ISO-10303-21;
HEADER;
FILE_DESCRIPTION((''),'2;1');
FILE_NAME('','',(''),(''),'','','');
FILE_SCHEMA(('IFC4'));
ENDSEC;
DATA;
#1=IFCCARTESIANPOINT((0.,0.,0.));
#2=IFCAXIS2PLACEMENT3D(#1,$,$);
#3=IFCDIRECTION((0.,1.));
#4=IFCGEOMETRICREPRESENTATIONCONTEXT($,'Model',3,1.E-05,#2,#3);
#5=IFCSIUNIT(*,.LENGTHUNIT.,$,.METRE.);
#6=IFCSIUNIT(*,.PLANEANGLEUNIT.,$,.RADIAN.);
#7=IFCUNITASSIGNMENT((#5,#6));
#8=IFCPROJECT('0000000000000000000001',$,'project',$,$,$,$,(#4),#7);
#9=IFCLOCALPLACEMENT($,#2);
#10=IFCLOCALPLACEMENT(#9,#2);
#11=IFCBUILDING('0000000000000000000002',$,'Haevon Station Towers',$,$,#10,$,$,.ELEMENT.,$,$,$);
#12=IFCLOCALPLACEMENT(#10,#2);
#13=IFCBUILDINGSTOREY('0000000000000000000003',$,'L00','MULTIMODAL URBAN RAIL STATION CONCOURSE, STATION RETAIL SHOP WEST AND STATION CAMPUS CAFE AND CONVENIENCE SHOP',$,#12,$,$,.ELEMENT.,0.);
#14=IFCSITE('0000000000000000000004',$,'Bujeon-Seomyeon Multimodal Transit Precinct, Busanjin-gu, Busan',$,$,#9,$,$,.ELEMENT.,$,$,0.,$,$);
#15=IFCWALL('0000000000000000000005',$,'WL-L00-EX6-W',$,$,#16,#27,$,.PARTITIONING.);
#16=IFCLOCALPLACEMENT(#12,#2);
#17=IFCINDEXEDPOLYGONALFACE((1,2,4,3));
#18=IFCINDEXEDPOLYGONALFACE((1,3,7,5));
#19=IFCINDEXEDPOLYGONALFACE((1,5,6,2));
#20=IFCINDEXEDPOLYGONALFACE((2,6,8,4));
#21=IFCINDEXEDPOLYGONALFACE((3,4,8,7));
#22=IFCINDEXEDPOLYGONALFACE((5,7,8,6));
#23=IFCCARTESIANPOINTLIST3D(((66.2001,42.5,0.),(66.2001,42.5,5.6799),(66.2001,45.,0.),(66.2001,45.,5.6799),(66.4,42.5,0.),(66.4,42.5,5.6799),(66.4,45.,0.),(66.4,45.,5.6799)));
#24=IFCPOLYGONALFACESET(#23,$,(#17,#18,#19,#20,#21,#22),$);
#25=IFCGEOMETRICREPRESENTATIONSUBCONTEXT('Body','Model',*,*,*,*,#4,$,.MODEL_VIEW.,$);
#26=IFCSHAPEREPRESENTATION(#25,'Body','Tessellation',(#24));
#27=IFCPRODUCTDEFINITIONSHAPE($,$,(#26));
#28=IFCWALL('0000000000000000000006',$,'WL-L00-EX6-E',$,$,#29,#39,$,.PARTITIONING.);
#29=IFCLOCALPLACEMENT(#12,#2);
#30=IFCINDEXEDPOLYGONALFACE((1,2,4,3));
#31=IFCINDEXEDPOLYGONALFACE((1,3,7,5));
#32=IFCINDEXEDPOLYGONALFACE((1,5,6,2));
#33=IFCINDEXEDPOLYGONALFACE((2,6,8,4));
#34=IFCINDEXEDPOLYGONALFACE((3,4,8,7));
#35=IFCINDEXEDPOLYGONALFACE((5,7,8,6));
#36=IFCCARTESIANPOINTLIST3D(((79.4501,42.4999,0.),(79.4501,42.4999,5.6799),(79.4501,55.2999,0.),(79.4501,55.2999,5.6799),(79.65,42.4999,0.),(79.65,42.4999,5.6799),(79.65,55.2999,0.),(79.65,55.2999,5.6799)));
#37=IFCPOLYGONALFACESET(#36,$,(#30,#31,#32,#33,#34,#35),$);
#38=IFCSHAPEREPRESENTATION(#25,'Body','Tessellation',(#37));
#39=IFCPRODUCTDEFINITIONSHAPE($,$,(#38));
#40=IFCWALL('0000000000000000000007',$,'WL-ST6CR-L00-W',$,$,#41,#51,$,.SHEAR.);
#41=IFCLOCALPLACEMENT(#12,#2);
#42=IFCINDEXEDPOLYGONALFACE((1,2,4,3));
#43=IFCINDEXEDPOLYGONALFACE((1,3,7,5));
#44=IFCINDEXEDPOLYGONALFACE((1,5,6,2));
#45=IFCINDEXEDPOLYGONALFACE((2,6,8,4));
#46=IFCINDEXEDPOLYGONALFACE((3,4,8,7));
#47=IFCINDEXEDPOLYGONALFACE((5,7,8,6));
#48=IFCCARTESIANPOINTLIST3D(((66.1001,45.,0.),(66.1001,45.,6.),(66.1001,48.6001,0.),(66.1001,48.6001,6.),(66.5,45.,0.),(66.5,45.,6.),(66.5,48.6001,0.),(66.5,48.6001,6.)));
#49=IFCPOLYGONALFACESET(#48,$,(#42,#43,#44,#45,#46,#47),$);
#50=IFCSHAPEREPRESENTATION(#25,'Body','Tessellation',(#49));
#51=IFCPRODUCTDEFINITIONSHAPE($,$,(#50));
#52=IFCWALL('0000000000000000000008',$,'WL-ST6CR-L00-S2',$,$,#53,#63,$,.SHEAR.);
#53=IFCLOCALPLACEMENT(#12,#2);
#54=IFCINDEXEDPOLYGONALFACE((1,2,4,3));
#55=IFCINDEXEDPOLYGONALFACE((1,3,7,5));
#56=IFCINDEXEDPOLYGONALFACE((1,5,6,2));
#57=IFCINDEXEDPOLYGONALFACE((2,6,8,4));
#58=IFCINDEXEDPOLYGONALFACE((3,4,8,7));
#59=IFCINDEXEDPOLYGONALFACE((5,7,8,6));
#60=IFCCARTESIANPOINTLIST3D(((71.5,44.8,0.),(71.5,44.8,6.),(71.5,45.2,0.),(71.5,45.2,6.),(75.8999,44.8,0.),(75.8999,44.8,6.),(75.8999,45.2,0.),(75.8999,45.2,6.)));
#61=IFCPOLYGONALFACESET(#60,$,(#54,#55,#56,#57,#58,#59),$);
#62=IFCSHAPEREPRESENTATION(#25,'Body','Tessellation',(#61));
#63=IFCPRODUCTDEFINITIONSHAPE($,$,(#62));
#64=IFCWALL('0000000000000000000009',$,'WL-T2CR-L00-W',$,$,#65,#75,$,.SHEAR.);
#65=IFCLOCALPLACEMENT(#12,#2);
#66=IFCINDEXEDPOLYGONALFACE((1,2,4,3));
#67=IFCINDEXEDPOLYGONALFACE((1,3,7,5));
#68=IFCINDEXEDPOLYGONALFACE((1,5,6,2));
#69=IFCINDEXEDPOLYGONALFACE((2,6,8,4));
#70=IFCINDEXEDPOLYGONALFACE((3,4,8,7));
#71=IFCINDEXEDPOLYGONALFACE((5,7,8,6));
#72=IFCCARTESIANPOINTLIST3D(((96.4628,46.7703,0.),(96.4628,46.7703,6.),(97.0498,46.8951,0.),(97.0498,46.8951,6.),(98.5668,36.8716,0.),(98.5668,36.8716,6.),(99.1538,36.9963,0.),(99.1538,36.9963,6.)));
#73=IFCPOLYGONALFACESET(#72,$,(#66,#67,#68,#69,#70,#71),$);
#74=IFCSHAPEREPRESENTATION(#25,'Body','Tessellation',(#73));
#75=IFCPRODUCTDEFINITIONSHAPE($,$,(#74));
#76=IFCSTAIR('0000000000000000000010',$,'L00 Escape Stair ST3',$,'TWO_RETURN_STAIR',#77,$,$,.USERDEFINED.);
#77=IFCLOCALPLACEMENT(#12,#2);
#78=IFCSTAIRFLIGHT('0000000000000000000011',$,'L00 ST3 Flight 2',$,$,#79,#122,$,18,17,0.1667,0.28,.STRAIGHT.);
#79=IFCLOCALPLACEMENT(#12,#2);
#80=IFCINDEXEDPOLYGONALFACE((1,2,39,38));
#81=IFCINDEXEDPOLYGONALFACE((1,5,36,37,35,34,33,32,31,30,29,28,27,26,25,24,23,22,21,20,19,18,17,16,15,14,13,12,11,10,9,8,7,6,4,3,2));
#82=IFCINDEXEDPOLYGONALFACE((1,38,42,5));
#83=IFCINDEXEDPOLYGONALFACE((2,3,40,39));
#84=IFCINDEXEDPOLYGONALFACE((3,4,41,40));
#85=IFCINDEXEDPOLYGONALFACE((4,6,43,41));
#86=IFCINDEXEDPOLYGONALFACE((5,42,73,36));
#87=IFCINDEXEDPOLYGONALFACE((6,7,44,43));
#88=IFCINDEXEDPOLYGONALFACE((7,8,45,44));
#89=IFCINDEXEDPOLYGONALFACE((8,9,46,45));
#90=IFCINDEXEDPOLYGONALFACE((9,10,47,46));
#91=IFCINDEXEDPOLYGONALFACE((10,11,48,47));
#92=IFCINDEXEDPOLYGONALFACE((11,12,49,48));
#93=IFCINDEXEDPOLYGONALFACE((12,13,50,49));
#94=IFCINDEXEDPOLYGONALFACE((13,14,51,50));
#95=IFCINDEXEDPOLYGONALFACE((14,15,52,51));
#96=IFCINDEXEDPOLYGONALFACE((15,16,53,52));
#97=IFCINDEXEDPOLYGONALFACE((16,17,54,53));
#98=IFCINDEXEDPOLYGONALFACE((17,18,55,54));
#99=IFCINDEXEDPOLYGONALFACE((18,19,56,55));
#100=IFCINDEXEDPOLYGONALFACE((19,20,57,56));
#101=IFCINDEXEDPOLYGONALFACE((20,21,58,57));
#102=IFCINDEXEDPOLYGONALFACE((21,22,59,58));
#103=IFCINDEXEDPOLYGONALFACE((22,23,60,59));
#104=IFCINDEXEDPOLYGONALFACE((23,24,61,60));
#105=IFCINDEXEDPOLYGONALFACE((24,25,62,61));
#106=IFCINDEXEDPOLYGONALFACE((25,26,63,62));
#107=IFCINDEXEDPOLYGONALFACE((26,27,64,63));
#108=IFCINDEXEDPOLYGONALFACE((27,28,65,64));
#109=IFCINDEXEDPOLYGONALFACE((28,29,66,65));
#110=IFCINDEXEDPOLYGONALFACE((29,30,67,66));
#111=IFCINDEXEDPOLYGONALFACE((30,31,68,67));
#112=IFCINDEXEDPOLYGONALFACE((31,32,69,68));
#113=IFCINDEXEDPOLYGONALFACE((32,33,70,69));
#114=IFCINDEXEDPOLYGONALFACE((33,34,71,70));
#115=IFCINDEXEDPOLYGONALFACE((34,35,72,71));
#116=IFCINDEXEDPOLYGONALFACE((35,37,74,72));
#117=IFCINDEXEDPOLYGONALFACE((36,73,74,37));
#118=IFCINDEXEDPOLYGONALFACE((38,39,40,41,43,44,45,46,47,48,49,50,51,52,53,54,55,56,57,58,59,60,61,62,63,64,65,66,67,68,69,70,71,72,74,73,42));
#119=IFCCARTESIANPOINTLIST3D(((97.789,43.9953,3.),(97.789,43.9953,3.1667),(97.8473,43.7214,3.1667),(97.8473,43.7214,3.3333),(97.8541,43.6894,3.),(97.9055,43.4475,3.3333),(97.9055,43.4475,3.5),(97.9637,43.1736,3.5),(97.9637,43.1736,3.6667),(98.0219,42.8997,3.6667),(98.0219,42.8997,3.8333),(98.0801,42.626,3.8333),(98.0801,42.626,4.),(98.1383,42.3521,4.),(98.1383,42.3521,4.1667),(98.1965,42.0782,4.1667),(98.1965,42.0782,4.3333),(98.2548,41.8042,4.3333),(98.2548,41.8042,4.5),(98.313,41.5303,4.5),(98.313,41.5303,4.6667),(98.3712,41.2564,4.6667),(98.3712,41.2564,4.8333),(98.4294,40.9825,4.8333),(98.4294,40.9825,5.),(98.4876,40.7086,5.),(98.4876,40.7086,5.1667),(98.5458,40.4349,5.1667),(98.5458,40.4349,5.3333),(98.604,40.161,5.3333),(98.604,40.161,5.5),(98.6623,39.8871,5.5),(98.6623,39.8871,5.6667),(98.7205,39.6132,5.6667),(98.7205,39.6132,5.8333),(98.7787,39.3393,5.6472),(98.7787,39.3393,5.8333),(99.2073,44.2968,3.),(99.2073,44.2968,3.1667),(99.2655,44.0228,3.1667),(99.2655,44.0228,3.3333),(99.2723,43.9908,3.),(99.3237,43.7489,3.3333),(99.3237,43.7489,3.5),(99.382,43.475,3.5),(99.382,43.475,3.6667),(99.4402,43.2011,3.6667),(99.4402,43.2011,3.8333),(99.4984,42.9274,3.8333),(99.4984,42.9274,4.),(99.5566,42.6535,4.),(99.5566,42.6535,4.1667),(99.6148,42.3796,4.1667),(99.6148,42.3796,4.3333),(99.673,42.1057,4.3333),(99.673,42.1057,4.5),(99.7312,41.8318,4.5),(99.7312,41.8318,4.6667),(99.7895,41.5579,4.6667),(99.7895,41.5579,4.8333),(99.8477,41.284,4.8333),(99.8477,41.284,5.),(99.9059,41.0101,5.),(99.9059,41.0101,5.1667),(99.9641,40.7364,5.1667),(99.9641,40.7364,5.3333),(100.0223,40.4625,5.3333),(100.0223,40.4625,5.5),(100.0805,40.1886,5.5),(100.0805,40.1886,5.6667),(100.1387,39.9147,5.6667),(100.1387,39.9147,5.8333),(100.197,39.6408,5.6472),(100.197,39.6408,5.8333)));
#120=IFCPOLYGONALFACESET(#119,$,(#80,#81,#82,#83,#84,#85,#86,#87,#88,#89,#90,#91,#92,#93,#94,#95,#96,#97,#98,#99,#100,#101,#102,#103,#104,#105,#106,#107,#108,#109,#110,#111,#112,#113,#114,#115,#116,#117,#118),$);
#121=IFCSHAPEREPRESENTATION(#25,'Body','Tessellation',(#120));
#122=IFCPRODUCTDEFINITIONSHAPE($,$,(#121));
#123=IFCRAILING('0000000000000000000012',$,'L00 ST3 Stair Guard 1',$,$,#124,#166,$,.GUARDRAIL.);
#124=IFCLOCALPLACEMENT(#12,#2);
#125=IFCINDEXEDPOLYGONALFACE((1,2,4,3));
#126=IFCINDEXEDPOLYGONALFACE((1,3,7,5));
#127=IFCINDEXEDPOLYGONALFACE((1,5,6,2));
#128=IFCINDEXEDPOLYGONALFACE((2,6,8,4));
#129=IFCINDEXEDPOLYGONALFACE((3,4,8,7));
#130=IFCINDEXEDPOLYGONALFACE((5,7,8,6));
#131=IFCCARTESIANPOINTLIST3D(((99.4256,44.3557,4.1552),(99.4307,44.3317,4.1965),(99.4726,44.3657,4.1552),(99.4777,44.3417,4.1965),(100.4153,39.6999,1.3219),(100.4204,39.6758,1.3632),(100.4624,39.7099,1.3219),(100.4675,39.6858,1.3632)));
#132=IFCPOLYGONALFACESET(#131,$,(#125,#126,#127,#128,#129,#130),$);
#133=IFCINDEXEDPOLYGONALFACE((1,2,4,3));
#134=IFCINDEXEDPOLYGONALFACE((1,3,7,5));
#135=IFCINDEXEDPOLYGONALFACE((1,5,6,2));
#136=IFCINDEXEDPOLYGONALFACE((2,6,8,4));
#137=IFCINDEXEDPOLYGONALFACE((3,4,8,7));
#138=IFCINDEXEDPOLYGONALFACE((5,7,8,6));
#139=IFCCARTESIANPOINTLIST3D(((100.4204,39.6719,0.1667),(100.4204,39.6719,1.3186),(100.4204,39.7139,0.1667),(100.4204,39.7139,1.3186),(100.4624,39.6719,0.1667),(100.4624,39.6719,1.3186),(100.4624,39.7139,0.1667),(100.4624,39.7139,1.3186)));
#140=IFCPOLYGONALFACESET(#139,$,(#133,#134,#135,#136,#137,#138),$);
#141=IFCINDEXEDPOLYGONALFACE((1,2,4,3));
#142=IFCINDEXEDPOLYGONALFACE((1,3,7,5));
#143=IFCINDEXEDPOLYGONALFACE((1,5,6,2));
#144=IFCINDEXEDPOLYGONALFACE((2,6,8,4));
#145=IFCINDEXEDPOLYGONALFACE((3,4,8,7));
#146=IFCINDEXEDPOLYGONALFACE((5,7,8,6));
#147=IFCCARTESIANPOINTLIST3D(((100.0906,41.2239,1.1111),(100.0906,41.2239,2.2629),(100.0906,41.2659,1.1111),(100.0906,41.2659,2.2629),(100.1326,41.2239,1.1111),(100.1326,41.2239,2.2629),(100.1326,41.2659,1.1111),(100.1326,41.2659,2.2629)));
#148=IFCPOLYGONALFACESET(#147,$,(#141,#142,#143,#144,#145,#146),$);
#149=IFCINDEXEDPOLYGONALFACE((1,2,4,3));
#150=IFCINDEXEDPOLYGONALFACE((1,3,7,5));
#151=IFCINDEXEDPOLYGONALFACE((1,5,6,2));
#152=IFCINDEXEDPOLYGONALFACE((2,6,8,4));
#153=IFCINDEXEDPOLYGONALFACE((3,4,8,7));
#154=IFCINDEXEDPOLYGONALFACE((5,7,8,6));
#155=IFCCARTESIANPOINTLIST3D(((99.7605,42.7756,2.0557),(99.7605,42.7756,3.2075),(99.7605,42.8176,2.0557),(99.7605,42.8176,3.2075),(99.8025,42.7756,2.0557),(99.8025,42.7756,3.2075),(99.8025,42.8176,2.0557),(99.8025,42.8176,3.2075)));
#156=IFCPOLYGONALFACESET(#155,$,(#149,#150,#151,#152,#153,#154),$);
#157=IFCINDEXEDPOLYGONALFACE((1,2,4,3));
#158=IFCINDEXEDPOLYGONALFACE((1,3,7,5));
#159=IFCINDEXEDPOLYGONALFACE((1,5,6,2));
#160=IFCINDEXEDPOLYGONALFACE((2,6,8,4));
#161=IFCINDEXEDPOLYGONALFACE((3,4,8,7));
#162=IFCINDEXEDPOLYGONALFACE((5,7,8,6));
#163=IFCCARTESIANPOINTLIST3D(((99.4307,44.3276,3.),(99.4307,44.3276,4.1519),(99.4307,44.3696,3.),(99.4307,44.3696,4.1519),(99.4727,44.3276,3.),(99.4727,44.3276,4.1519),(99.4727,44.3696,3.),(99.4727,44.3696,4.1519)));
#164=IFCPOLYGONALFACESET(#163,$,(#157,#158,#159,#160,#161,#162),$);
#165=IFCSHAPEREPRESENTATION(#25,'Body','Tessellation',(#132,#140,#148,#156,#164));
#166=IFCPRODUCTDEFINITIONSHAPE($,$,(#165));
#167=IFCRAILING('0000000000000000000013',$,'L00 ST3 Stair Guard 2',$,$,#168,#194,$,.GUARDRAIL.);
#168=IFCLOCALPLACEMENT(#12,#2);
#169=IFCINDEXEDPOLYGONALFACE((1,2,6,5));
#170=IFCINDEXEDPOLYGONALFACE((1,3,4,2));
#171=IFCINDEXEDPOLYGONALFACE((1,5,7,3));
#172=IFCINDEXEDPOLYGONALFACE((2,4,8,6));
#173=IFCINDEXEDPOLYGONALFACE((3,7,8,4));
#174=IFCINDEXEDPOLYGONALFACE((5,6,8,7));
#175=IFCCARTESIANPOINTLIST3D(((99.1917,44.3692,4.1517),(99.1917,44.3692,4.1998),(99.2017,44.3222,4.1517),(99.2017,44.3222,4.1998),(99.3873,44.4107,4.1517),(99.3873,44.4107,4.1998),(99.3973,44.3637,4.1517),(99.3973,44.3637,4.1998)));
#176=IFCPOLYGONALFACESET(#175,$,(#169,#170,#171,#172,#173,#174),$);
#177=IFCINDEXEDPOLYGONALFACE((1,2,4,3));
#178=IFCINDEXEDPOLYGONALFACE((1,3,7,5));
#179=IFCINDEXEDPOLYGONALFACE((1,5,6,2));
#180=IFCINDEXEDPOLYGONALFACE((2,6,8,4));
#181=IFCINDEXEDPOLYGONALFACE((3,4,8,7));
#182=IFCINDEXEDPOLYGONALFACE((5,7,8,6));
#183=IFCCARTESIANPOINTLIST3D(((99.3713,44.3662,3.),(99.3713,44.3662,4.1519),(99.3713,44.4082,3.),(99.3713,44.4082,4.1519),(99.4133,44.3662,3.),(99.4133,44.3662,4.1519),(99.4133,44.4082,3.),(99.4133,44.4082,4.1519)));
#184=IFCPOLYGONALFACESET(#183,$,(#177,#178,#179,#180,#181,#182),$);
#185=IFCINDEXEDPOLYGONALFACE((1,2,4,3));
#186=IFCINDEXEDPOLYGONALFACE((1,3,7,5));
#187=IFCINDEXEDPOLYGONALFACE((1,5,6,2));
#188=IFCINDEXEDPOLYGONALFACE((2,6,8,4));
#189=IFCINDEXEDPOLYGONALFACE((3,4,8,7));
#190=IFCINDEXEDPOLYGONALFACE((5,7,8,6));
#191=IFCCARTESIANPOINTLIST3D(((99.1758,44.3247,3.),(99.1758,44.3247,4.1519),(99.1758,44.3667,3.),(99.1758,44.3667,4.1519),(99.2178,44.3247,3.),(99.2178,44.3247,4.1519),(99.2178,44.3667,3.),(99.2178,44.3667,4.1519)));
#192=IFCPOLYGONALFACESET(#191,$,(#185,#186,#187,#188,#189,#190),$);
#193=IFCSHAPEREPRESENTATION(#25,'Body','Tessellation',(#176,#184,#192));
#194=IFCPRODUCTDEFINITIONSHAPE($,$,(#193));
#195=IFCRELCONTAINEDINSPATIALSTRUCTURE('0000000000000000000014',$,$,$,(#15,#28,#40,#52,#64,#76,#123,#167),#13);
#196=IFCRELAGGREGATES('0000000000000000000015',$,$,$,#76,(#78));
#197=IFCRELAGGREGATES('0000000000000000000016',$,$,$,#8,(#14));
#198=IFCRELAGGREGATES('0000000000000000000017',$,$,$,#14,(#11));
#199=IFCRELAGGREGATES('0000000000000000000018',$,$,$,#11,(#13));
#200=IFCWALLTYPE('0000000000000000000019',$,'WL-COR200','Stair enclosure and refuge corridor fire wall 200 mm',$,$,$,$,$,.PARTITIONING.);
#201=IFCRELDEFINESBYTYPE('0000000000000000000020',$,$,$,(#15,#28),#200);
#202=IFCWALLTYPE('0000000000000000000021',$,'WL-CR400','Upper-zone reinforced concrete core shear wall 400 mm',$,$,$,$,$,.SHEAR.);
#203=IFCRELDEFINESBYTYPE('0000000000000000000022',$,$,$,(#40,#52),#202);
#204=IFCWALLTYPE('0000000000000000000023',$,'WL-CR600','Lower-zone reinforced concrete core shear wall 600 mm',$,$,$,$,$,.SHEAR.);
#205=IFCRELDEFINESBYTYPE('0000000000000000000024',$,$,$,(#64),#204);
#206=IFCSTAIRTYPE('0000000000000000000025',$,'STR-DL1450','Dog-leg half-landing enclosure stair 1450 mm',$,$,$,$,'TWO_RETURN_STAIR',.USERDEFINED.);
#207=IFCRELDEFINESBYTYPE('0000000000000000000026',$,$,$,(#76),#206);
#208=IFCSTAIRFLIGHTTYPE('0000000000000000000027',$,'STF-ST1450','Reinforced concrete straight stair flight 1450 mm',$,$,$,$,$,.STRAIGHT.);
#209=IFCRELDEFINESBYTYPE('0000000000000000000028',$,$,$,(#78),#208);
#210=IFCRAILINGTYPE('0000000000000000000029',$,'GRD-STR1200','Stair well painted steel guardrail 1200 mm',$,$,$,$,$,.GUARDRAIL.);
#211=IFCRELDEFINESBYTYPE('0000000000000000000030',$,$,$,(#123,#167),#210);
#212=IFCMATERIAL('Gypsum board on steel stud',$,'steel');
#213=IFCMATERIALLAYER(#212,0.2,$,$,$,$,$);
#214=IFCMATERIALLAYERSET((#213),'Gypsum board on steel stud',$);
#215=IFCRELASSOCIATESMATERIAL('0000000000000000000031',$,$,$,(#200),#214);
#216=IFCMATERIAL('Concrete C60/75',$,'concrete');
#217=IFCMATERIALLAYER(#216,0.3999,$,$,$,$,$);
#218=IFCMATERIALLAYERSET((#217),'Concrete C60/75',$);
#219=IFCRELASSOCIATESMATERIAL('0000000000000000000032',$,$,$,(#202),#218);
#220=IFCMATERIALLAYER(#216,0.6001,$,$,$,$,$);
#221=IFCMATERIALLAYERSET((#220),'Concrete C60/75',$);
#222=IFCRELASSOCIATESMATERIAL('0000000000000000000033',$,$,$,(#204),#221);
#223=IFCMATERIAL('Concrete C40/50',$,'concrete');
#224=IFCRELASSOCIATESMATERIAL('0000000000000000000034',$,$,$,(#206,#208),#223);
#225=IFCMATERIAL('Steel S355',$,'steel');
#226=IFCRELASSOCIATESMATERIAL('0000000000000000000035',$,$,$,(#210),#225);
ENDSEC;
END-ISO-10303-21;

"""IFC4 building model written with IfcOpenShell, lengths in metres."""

from ifc_helpers import new_model, si_unit, direction, frame, frame_2d, origin, origin_2d, place, context, subcontext, project, spatial, polyline, rectangle, outline, extrude, material, layer, layer_set, type_object, element, aggregate, save


model = new_model("IFC4")

# Units and contexts
model_context = context("Model", 3, precision=1e-05, world=origin(), true_north=direction((0.0, 1.0)))
body_context = subcontext(model_context, "Body", "Model", "MODEL_VIEW")
ifc_project = project(units=[si_unit("LENGTHUNIT", "METRE"), si_unit("PLANEANGLEUNIT", "RADIAN")], contexts=[model_context])

# Site, building, storey
site_placement = place(None, origin())
site = spatial("IfcSite", under=ifc_project, at=site_placement, Name="Bujeon-Seomyeon Multimodal Transit Precinct, Busanjin-gu, Busan", CompositionType="ELEMENT", RefElevation=0.0)
building_placement = place(site_placement, origin())
building = spatial("IfcBuilding", under=site, at=building_placement, Name="Haevon Station Towers", CompositionType="ELEMENT")
storey_placement = place(building_placement, origin())
storey = spatial("IfcBuildingStorey", under=building, at=storey_placement, Name="L00", Description="MULTIMODAL URBAN RAIL STATION CONCOURSE, STATION RETAIL SHOP WEST AND STATION CAMPUS CAFE AND CONVENIENCE SHOP", CompositionType="ELEMENT", Elevation=0.0)

# Shared definitions
ifc_material_1 = material(Name="Steel S355", Category="steel")

# Shared definitions
ifc_material_2 = material(Name="Gypsum board on steel stud", Category="steel")
ifc_layer_1 = layer(ifc_material_2, 0.2)
ifc_layer_set_1 = layer_set([ifc_layer_1], Name="Gypsum board on steel stud")
wall_type_1 = type_object("IfcWallType", Name="WL-COR200", Description="Stair enclosure and refuge corridor fire wall 200 mm", PredefinedType="PARTITIONING", material=ifc_layer_set_1)

# Walls
wall_1_placement = place(storey_placement, frame((66.3, 42.5, 0.0), z_axis=(0.0, 0.0, 1.0), x_axis=(0.0, 1.0, 0.0)))
element("IfcWall", 1, at=wall_1_placement, inside=storey, type_object=wall_type_1, Name="WL-L00-EX6-W", PredefinedType="PARTITIONING", context=body_context, shape_type="SweptSolid", body=[
    extrude(rectangle(XDim=2.5, YDim=0.2, at=frame_2d((1.25, 0.0))), origin(), (0.0, 0.0, 1.0), 5.6799),
])
wall_2_placement = place(storey_placement, frame((79.55, 42.5, 0.0), z_axis=(0.0, 0.0, 1.0), x_axis=(0.0, 1.0, 0.0)))
element("IfcWall", 2, at=wall_2_placement, inside=storey, type_object=wall_type_1, Name="WL-L00-EX6-E", PredefinedType="PARTITIONING", context=body_context, shape_type="SweptSolid", body=[
    extrude(rectangle(XDim=12.8, YDim=0.2, at=frame_2d((6.3999, 0.0))), origin(), (0.0, 0.0, 1.0), 5.6799),
])
ifc_material_3 = material(Name="Concrete C60/75", Category="concrete")
ifc_layer_2 = layer(ifc_material_3, 0.3999)
ifc_layer_set_2 = layer_set([ifc_layer_2], Name="Concrete C60/75")
wall_type_2 = type_object("IfcWallType", Name="WL-CR400", Description="Upper-zone reinforced concrete core shear wall 400 mm", PredefinedType="SHEAR", material=ifc_layer_set_2)
wall_3_placement = place(storey_placement, frame((66.3, 45.0, 0.0), z_axis=(0.0, 0.0, 1.0), x_axis=(0.0, 1.0, 0.0)))
element("IfcWall", 3, at=wall_3_placement, inside=storey, type_object=wall_type_2, Name="WL-ST6CR-L00-W", PredefinedType="SHEAR", context=body_context, shape_type="SweptSolid", body=[
    extrude(rectangle(XDim=3.6001, YDim=0.3999, at=frame_2d((1.8, 0.0))), origin(), (0.0, 0.0, 1.0), 6.0),
])
wall_4_placement = place(storey_placement, frame((71.5, 45.0, 0.0), z_axis=(0.0, 0.0, 1.0), x_axis=(1.0, 0.0, 0.0)))
element("IfcWall", 4, at=wall_4_placement, inside=storey, type_object=wall_type_2, Name="WL-ST6CR-L00-S2", PredefinedType="SHEAR", context=body_context, shape_type="SweptSolid", body=[
    extrude(rectangle(XDim=4.3999, YDim=0.3999, at=frame_2d((2.2, 0.0))), origin(), (0.0, 0.0, 1.0), 6.0),
])
ifc_layer_3 = layer(ifc_material_3, 0.6001)
ifc_layer_set_3 = layer_set([ifc_layer_3], Name="Concrete C60/75")
wall_type_3 = type_object("IfcWallType", Name="WL-CR600", Description="Lower-zone reinforced concrete core shear wall 600 mm", PredefinedType="SHEAR", material=ifc_layer_set_3)
wall_5_placement = place(storey_placement, frame((98.8604, 36.9338, 0.0), z_axis=(0.0, 0.0, 1.0), x_axis=(-0.207909, 0.978148, 0.0)))
element("IfcWall", 5, at=wall_5_placement, inside=storey, type_object=wall_type_3, Name="WL-T2CR-L00-W", PredefinedType="SHEAR", context=body_context, shape_type="SweptSolid", body=[
    extrude(rectangle(XDim=10.1199, YDim=0.6001, at=frame_2d((5.0601, 0.0))), origin(), (0.0, 0.0, 1.0), 6.0),
])

# Stair, stair flight
ifc_material_4 = material(Name="Concrete C40/50", Category="concrete")
stair_type = type_object("IfcStairType", Name="STR-DL1450", Description="Dog-leg half-landing enclosure stair 1450 mm", ElementType="TWO_RETURN_STAIR", PredefinedType="USERDEFINED", material=ifc_material_4)
stair_placement = place(storey_placement, origin())
stair = element("IfcStair", 6, at=stair_placement, inside=storey, type_object=stair_type, Name="L00 Escape Stair ST3", ObjectType="TWO_RETURN_STAIR", PredefinedType="USERDEFINED")
stair_flight_type = type_object("IfcStairFlightType", Name="STF-ST1450", Description="Reinforced concrete straight stair flight 1450 mm", PredefinedType="STRAIGHT", material=ifc_material_4)
stair_flight_placement = place(storey_placement, frame((98.498, 44.146, 3.0), z_axis=(0.0, 0.0, 1.0), x_axis=(0.207912, -0.978148, 0.0)))
stair_flight = element("IfcStairFlight", 7, at=stair_flight_placement, type_object=stair_flight_type, Name="L00 ST3 Flight 2", NumberOfRisers=18, NumberOfTreads=17, PredefinedType="STRAIGHT", RiserHeight=0.1667, TreadLength=0.28, context=body_context, shape_type="SweptSolid", body=[
    extrude(outline(polyline([(0.0, 0.0), (0.0, 0.1667), (0.28, 0.1667), (0.28, 0.3333), (0.5601, 0.3333), (0.5601, 0.5), (0.8401, 0.5), (0.8401, 0.6667), (1.1201, 0.6667), (1.1201, 0.8333), (1.3999, 0.8333), (1.3999, 1.0), (1.6799, 1.0), (1.6799, 1.1667), (1.96, 1.1667), (1.96, 1.3333), (2.24, 1.3333), (2.24, 1.5), (2.52, 1.5), (2.52, 1.6667), (2.8, 1.6667), (2.8, 1.8333), (3.0801, 1.8333), (3.0801, 2.0), (3.3601, 2.0), (3.3601, 2.1667), (3.6399, 2.1667), (3.6399, 2.3333), (3.9199, 2.3333), (3.9199, 2.5), (4.2, 2.5), (4.2, 2.6667), (4.48, 2.6667), (4.48, 2.8333), (4.76, 2.8333), (4.76, 3.0), (4.76, 2.6472), (0.3127, 0.0), (0.0, 0.0)])), frame((0.0, 0.7251, 0.0), z_axis=(0.0, -1.0, 0.0), x_axis=(1.0, 0.0, 0.0)), (0.0, 0.0, 1.0), 1.45),
])
aggregate(stair, [stair_flight])

# Railings
railing_type_1 = type_object("IfcRailingType", Name="GRD-STR1200", Description="Stair well painted steel guardrail 1200 mm", PredefinedType="GUARDRAIL", material=ifc_material_1)
railing_1_placement = place(storey_placement, frame((100.4414, 39.6929, 0.1667)))
element("IfcRailing", 8, at=railing_1_placement, inside=storey, type_object=railing_type_1, Name="L00 ST3 Stair Guard 1", PredefinedType="GUARDRAIL", context=body_context, shape_type="SweptSolid", body=[
    extrude(rectangle(XDim=0.0481, YDim=0.0481, at=origin_2d()), frame((0.0, 0.0, 1.1758), z_axis=(-0.178679, 0.840508, 0.511489), x_axis=(-0.978142, -0.207939, 0.0)), (0.0, 0.0, 1.0), 5.5393),
    extrude(rectangle(XDim=0.042, YDim=0.042, at=origin_2d()), origin(), (0.0, 0.0, 1.0), 1.1519),
    extrude(rectangle(XDim=0.042, YDim=0.042, at=origin_2d()), frame((-0.3298, 1.552, 0.9443)), (0.0, 0.0, 1.0), 1.1519),
    extrude(rectangle(XDim=0.042, YDim=0.042, at=origin_2d()), frame((-0.6599, 3.1038, 1.8889)), (0.0, 0.0, 1.0), 1.1519),
    extrude(rectangle(XDim=0.042, YDim=0.042, at=origin_2d()), frame((-0.9897, 4.6558, 2.8333)), (0.0, 0.0, 1.0), 1.1519),
])
railing_2_placement = place(storey_placement, frame((99.3923, 44.3872, 3.0)))
element("IfcRailing", 9, at=railing_2_placement, inside=storey, type_object=railing_type_1, Name="L00 ST3 Stair Guard 2", PredefinedType="GUARDRAIL", context=body_context, shape_type="SweptSolid", body=[
    extrude(rectangle(XDim=0.0481, YDim=0.0481, at=origin_2d()), frame((0.0, 0.0, 1.1758), z_axis=(-0.978212, -0.20761, 0.0), x_axis=(0.20761, -0.978212, 0.0)), (0.0, 0.0, 1.0), 0.2),
    extrude(rectangle(XDim=0.042, YDim=0.042, at=origin_2d()), origin(), (0.0, 0.0, 1.0), 1.1519),
    extrude(rectangle(XDim=0.042, YDim=0.042, at=origin_2d()), frame((-0.1956, -0.0415, 0.0)), (0.0, 0.0, 1.0), 1.1519),
])

save(model, "model.ifc")
